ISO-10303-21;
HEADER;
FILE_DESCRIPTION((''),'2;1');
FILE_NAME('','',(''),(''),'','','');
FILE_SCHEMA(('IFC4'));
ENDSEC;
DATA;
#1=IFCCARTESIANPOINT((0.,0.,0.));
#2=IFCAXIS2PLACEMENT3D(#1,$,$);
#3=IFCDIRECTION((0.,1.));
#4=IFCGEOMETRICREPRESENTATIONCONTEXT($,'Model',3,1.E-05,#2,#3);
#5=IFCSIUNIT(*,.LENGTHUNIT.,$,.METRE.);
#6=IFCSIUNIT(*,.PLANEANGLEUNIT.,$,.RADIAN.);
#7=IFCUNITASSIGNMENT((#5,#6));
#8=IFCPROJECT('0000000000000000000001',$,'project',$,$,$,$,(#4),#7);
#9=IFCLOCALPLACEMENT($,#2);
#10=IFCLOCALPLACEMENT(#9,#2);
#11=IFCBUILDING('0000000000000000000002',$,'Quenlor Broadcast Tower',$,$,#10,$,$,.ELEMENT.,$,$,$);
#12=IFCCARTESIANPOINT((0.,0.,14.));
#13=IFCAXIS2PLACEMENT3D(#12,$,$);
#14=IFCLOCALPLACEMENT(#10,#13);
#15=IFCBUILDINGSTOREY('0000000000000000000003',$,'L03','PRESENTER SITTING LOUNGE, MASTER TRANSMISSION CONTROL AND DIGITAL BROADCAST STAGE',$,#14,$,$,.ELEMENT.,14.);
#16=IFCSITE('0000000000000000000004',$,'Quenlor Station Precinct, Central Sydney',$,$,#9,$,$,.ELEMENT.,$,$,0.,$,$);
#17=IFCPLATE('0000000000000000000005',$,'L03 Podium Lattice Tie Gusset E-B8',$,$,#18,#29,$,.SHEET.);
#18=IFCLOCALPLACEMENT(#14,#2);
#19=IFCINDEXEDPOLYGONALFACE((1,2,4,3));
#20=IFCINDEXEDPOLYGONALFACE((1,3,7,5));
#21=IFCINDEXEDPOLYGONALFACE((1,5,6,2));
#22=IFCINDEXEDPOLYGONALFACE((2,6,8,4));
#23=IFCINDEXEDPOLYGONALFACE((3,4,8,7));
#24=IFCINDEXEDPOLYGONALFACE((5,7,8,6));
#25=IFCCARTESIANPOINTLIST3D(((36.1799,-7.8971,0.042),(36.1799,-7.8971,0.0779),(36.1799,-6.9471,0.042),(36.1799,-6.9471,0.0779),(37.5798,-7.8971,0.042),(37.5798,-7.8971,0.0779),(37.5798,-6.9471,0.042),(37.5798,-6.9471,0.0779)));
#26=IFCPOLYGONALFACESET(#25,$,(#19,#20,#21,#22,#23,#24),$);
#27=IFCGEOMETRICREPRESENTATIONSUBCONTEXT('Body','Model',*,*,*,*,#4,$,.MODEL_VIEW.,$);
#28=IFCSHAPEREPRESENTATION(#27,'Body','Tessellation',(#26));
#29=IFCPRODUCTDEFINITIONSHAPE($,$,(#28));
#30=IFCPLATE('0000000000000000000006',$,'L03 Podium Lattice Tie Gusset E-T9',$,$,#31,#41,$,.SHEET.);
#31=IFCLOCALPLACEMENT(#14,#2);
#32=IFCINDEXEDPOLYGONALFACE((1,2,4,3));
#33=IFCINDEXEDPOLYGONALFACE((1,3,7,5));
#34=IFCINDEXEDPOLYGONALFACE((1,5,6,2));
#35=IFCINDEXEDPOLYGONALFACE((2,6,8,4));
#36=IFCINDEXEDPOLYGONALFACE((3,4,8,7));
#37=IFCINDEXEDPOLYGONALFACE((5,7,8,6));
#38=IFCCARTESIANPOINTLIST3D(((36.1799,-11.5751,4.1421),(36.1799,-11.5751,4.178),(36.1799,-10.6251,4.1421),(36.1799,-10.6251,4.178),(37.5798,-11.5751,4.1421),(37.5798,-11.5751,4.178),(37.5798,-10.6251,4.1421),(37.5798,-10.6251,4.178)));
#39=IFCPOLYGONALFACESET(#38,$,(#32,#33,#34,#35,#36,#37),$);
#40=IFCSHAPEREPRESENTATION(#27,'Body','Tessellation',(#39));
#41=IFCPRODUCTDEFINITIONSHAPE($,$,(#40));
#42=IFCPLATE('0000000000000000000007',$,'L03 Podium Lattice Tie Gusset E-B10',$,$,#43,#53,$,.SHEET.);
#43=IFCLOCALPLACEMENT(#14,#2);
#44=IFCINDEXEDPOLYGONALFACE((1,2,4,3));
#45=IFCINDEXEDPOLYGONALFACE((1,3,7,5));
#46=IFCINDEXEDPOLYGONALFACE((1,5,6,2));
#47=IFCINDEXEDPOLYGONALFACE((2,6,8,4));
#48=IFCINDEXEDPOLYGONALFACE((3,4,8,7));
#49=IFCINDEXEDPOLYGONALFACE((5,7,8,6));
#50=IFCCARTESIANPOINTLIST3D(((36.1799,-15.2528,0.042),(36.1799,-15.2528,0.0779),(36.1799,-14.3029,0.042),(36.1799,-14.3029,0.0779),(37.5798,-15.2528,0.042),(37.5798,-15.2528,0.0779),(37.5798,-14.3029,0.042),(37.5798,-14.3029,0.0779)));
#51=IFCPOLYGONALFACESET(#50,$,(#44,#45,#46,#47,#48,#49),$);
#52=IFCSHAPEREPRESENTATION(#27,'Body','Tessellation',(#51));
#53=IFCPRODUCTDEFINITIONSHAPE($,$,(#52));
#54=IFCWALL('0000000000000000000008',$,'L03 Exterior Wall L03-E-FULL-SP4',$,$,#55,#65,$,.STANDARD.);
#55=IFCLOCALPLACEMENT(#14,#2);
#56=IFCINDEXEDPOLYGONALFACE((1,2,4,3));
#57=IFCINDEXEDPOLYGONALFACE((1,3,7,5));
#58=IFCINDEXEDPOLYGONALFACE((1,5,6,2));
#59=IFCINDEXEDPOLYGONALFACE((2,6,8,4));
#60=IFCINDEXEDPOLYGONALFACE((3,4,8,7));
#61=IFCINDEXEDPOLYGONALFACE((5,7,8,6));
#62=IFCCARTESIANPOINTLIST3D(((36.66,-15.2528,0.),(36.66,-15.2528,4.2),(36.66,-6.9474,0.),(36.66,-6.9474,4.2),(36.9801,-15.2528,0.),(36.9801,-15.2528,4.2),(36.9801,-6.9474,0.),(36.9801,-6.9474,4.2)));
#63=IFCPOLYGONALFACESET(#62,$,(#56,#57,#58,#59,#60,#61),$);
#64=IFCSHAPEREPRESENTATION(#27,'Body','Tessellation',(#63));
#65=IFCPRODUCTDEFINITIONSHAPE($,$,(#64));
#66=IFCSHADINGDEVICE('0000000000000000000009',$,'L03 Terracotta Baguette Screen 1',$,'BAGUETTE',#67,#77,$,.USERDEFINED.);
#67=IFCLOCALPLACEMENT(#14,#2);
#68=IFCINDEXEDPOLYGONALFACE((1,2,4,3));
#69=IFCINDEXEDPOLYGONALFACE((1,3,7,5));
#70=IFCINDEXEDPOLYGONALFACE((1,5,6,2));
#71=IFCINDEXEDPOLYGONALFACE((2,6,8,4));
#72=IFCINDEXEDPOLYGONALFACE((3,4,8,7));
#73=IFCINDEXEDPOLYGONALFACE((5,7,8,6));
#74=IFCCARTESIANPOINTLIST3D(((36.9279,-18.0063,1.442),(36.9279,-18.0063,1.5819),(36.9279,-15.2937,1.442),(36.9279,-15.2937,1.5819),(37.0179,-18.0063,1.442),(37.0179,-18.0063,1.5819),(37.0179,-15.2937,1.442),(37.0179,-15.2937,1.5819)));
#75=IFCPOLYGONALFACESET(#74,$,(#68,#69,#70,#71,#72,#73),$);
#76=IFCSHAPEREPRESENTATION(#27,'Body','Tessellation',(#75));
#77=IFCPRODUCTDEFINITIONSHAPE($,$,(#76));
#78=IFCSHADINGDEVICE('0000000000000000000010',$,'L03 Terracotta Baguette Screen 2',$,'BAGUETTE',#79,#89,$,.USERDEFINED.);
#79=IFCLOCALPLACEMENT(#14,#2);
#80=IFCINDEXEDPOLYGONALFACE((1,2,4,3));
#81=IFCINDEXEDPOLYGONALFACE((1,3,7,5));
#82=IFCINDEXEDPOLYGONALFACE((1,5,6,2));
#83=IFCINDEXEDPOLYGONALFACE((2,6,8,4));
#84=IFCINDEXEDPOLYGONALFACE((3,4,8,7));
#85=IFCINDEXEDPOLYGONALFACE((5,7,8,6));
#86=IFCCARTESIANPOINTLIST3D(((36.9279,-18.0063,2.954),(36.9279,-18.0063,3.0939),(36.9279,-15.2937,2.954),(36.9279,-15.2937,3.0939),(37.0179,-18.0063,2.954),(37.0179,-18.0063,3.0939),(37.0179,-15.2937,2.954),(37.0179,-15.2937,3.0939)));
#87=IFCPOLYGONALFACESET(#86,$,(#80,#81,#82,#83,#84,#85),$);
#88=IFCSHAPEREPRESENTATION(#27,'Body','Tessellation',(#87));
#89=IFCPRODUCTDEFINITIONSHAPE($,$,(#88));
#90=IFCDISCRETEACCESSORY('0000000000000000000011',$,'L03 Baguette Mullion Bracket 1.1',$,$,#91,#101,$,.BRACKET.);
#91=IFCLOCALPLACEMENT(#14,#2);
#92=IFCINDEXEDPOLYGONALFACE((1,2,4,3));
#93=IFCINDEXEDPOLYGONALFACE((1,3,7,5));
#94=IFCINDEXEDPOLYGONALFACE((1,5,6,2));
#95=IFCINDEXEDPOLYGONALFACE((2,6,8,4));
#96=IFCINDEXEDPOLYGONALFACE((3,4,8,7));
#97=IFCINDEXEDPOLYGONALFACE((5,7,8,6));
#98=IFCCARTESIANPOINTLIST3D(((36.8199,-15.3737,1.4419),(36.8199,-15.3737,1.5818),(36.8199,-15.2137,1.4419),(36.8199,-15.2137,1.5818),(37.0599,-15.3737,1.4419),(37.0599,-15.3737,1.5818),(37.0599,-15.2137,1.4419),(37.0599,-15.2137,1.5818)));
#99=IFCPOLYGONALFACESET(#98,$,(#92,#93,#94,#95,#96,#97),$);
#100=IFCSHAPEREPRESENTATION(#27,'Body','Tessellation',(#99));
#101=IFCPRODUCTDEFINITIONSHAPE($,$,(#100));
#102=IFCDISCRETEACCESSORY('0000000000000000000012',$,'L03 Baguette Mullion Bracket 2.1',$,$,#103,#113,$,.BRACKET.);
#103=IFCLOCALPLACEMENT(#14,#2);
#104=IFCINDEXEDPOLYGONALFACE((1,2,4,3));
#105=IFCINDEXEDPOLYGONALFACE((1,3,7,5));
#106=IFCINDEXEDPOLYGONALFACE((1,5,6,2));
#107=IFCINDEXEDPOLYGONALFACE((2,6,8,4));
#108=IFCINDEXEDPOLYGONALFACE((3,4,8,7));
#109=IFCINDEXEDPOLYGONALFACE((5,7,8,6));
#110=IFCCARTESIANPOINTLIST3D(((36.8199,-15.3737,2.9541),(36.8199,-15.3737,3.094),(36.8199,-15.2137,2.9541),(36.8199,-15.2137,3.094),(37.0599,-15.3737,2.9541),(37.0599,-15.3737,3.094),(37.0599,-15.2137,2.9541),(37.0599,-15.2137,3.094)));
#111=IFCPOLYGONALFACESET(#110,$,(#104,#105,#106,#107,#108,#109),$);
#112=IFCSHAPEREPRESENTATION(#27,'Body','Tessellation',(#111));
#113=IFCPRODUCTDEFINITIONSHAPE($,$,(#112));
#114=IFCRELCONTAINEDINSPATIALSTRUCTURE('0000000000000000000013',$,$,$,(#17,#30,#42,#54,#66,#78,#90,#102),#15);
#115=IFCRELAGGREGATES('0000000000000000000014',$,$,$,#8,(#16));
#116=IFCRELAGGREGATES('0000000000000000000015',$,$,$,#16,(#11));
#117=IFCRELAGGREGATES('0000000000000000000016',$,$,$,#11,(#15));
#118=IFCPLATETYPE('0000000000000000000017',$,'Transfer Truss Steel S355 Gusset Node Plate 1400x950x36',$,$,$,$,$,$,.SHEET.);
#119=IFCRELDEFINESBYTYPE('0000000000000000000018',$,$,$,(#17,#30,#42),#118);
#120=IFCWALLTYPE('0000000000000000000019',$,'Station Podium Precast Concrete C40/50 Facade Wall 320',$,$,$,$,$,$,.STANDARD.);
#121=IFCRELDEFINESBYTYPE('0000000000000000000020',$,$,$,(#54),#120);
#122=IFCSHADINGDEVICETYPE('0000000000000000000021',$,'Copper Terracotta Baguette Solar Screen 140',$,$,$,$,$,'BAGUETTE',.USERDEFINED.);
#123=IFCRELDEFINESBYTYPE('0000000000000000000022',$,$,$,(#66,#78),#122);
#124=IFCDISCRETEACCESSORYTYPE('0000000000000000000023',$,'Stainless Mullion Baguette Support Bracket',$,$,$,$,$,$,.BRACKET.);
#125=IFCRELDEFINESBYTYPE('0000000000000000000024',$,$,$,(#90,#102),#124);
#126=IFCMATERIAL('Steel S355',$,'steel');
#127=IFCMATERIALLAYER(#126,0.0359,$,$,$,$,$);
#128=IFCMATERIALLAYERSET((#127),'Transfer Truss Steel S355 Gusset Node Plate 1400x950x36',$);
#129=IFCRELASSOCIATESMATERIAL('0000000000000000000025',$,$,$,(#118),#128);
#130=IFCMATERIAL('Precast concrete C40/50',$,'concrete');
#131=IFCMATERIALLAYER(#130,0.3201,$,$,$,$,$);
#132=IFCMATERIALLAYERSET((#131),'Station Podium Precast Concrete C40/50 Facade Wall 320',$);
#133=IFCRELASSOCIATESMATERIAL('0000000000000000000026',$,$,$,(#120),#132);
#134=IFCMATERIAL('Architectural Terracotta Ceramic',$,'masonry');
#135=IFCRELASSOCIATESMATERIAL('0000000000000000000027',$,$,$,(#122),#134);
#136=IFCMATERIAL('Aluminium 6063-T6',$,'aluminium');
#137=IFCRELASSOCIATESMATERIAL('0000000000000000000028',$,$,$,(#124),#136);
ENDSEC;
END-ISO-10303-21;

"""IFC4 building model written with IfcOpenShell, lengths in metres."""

from ifc_helpers import new_model, si_unit, direction, frame, frame_2d, origin, origin_2d, place, context, subcontext, project, spatial, rectangle, extrude, material, layer, layer_set, material_profile, profile_set, type_object, element, save


model = new_model("IFC4")

# Units and contexts
model_context = context("Model", 3, precision=1e-05, world=origin(), true_north=direction((0.0, 1.0)))
body_context = subcontext(model_context, "Body", "Model", "MODEL_VIEW")
ifc_project = project(units=[si_unit("LENGTHUNIT", "METRE"), si_unit("PLANEANGLEUNIT", "RADIAN")], contexts=[model_context])

# Site, building, storey
site_placement = place(None, origin())
site = spatial("IfcSite", under=ifc_project, at=site_placement, Name="Quenlor Station Precinct, Central Sydney", CompositionType="ELEMENT", RefElevation=0.0)
building_placement = place(site_placement, origin())
building = spatial("IfcBuilding", under=site, at=building_placement, Name="Quenlor Broadcast Tower", CompositionType="ELEMENT")
storey_placement = place(building_placement, frame((0.0, 0.0, 14.0)))
storey = spatial("IfcBuildingStorey", under=building, at=storey_placement, Name="L03", Description="PRESENTER SITTING LOUNGE, MASTER TRANSMISSION CONTROL AND DIGITAL BROADCAST STAGE", CompositionType="ELEMENT", Elevation=14.0)

# Plates
ifc_material_1 = material(Name="Steel S355", Category="steel")
ifc_layer_1 = layer(ifc_material_1, 0.0359)
ifc_layer_set_1 = layer_set([ifc_layer_1], Name="Transfer Truss Steel S355 Gusset Node Plate 1400x950x36")
plate_type = type_object("IfcPlateType", Name="Transfer Truss Steel S355 Gusset Node Plate 1400x950x36", PredefinedType="SHEET", material=ifc_layer_set_1)
for number, where, z_axis, x_axis, name in (
    (1, (36.8799, -7.4221, 0.042), (0.0, 0.0, 1.0), (1.0, 0.0, 0.0), "L03 Podium Lattice Tie Gusset E-B8"),
    (2, (36.8799, -11.1001, 4.1421), (0.0, 0.0, 1.0), (1.0, 0.0, 0.0), "L03 Podium Lattice Tie Gusset E-T9"),
    (3, (36.8799, -14.7778, 0.042), (0.0, 0.0, 1.0), (1.0, 0.0, 0.0), "L03 Podium Lattice Tie Gusset E-B10"),
):
    element("IfcPlate", number, at=place(storey_placement, frame(where, z_axis=z_axis, x_axis=x_axis)), inside=storey, type_object=plate_type, Name=name, PredefinedType="SHEET", context=body_context, shape_type="SweptSolid", body=[
        extrude(rectangle(XDim=1.3999, YDim=0.95, at=origin_2d()), origin(), (0.0, 0.0, 1.0), 0.0359),
    ])

# Wall
ifc_material_2 = material(Name="Precast concrete C40/50", Category="concrete")
ifc_layer_2 = layer(ifc_material_2, 0.3201)
ifc_layer_set_2 = layer_set([ifc_layer_2], Name="Station Podium Precast Concrete C40/50 Facade Wall 320")
wall_type = type_object("IfcWallType", Name="Station Podium Precast Concrete C40/50 Facade Wall 320", PredefinedType="STANDARD", material=ifc_layer_set_2)
wall_placement = place(storey_placement, frame((36.8201, -6.9473, 0.0), z_axis=(0.0, 0.0, 1.0), x_axis=(0.0, -1.0, 0.0)))
element("IfcWall", 4, at=wall_placement, inside=storey, type_object=wall_type, Name="L03 Exterior Wall L03-E-FULL-SP4", PredefinedType="STANDARD", context=body_context, shape_type="SweptSolid", body=[
    extrude(rectangle(XDim=8.3054, YDim=0.3201, at=frame_2d((4.1528, 0.0))), origin(), (0.0, 0.0, 1.0), 4.2),
])

# Shading devices
ifc_material_3 = material(Name="Architectural Terracotta Ceramic", Category="masonry")
ifc_material_profile_1 = material_profile(ifc_material_3, rectangle(XDim=0.0901, YDim=0.1399, at=origin_2d()))
ifc_profile_set_1 = profile_set([ifc_material_profile_1], Name="Architectural Terracotta Ceramic BAG90x140")
shading_device_type = type_object("IfcShadingDeviceType", Name="Copper Terracotta Baguette Solar Screen 140", ElementType="BAGUETTE", PredefinedType="USERDEFINED", material=ifc_profile_set_1)
for number, where, z_axis, x_axis, name in (
    (5, (36.9729, -15.2937, 1.512), (0.0, -1.0, 0.0), (1.0, 0.0, 0.0), "L03 Terracotta Baguette Screen 1"),
    (6, (36.9729, -15.2937, 3.0239), (0.0, -1.0, 0.0), (1.0, 0.0, 0.0), "L03 Terracotta Baguette Screen 2"),
):
    element("IfcShadingDevice", number, at=place(storey_placement, frame(where, z_axis=z_axis, x_axis=x_axis)), inside=storey, type_object=shading_device_type, Name=name, ObjectType="BAGUETTE", PredefinedType="USERDEFINED", context=body_context, shape_type="SweptSolid", body=[
        extrude(rectangle(XDim=0.0901, YDim=0.1399, at=origin_2d()), origin(), (0.0, 0.0, 1.0), 2.7126),
    ])

# Discrete accessories
ifc_material_4 = material(Name="Aluminium 6063-T6", Category="aluminium")
discrete_accessory_type = type_object("IfcDiscreteAccessoryType", Name="Stainless Mullion Baguette Support Bracket", PredefinedType="BRACKET", material=ifc_material_4)
for number, where, z_axis, x_axis, name in (
    (7, (36.9399, -15.2937, 1.4419), (0.0, 0.0, 1.0), (0.0, -1.0, 0.0), "L03 Baguette Mullion Bracket 1.1"),
    (8, (36.9399, -15.2937, 2.9541), (0.0, 0.0, 1.0), (0.0, -1.0, 0.0), "L03 Baguette Mullion Bracket 2.1"),
):
    element("IfcDiscreteAccessory", number, at=place(storey_placement, frame(where, z_axis=z_axis, x_axis=x_axis)), inside=storey, type_object=discrete_accessory_type, Name=name, PredefinedType="BRACKET", context=body_context, shape_type="SweptSolid", body=[
        extrude(rectangle(XDim=0.1599, YDim=0.24, at=origin_2d()), origin(), (0.0, 0.0, 1.0), 0.1399),
    ])

save(model, "model.ifc")
